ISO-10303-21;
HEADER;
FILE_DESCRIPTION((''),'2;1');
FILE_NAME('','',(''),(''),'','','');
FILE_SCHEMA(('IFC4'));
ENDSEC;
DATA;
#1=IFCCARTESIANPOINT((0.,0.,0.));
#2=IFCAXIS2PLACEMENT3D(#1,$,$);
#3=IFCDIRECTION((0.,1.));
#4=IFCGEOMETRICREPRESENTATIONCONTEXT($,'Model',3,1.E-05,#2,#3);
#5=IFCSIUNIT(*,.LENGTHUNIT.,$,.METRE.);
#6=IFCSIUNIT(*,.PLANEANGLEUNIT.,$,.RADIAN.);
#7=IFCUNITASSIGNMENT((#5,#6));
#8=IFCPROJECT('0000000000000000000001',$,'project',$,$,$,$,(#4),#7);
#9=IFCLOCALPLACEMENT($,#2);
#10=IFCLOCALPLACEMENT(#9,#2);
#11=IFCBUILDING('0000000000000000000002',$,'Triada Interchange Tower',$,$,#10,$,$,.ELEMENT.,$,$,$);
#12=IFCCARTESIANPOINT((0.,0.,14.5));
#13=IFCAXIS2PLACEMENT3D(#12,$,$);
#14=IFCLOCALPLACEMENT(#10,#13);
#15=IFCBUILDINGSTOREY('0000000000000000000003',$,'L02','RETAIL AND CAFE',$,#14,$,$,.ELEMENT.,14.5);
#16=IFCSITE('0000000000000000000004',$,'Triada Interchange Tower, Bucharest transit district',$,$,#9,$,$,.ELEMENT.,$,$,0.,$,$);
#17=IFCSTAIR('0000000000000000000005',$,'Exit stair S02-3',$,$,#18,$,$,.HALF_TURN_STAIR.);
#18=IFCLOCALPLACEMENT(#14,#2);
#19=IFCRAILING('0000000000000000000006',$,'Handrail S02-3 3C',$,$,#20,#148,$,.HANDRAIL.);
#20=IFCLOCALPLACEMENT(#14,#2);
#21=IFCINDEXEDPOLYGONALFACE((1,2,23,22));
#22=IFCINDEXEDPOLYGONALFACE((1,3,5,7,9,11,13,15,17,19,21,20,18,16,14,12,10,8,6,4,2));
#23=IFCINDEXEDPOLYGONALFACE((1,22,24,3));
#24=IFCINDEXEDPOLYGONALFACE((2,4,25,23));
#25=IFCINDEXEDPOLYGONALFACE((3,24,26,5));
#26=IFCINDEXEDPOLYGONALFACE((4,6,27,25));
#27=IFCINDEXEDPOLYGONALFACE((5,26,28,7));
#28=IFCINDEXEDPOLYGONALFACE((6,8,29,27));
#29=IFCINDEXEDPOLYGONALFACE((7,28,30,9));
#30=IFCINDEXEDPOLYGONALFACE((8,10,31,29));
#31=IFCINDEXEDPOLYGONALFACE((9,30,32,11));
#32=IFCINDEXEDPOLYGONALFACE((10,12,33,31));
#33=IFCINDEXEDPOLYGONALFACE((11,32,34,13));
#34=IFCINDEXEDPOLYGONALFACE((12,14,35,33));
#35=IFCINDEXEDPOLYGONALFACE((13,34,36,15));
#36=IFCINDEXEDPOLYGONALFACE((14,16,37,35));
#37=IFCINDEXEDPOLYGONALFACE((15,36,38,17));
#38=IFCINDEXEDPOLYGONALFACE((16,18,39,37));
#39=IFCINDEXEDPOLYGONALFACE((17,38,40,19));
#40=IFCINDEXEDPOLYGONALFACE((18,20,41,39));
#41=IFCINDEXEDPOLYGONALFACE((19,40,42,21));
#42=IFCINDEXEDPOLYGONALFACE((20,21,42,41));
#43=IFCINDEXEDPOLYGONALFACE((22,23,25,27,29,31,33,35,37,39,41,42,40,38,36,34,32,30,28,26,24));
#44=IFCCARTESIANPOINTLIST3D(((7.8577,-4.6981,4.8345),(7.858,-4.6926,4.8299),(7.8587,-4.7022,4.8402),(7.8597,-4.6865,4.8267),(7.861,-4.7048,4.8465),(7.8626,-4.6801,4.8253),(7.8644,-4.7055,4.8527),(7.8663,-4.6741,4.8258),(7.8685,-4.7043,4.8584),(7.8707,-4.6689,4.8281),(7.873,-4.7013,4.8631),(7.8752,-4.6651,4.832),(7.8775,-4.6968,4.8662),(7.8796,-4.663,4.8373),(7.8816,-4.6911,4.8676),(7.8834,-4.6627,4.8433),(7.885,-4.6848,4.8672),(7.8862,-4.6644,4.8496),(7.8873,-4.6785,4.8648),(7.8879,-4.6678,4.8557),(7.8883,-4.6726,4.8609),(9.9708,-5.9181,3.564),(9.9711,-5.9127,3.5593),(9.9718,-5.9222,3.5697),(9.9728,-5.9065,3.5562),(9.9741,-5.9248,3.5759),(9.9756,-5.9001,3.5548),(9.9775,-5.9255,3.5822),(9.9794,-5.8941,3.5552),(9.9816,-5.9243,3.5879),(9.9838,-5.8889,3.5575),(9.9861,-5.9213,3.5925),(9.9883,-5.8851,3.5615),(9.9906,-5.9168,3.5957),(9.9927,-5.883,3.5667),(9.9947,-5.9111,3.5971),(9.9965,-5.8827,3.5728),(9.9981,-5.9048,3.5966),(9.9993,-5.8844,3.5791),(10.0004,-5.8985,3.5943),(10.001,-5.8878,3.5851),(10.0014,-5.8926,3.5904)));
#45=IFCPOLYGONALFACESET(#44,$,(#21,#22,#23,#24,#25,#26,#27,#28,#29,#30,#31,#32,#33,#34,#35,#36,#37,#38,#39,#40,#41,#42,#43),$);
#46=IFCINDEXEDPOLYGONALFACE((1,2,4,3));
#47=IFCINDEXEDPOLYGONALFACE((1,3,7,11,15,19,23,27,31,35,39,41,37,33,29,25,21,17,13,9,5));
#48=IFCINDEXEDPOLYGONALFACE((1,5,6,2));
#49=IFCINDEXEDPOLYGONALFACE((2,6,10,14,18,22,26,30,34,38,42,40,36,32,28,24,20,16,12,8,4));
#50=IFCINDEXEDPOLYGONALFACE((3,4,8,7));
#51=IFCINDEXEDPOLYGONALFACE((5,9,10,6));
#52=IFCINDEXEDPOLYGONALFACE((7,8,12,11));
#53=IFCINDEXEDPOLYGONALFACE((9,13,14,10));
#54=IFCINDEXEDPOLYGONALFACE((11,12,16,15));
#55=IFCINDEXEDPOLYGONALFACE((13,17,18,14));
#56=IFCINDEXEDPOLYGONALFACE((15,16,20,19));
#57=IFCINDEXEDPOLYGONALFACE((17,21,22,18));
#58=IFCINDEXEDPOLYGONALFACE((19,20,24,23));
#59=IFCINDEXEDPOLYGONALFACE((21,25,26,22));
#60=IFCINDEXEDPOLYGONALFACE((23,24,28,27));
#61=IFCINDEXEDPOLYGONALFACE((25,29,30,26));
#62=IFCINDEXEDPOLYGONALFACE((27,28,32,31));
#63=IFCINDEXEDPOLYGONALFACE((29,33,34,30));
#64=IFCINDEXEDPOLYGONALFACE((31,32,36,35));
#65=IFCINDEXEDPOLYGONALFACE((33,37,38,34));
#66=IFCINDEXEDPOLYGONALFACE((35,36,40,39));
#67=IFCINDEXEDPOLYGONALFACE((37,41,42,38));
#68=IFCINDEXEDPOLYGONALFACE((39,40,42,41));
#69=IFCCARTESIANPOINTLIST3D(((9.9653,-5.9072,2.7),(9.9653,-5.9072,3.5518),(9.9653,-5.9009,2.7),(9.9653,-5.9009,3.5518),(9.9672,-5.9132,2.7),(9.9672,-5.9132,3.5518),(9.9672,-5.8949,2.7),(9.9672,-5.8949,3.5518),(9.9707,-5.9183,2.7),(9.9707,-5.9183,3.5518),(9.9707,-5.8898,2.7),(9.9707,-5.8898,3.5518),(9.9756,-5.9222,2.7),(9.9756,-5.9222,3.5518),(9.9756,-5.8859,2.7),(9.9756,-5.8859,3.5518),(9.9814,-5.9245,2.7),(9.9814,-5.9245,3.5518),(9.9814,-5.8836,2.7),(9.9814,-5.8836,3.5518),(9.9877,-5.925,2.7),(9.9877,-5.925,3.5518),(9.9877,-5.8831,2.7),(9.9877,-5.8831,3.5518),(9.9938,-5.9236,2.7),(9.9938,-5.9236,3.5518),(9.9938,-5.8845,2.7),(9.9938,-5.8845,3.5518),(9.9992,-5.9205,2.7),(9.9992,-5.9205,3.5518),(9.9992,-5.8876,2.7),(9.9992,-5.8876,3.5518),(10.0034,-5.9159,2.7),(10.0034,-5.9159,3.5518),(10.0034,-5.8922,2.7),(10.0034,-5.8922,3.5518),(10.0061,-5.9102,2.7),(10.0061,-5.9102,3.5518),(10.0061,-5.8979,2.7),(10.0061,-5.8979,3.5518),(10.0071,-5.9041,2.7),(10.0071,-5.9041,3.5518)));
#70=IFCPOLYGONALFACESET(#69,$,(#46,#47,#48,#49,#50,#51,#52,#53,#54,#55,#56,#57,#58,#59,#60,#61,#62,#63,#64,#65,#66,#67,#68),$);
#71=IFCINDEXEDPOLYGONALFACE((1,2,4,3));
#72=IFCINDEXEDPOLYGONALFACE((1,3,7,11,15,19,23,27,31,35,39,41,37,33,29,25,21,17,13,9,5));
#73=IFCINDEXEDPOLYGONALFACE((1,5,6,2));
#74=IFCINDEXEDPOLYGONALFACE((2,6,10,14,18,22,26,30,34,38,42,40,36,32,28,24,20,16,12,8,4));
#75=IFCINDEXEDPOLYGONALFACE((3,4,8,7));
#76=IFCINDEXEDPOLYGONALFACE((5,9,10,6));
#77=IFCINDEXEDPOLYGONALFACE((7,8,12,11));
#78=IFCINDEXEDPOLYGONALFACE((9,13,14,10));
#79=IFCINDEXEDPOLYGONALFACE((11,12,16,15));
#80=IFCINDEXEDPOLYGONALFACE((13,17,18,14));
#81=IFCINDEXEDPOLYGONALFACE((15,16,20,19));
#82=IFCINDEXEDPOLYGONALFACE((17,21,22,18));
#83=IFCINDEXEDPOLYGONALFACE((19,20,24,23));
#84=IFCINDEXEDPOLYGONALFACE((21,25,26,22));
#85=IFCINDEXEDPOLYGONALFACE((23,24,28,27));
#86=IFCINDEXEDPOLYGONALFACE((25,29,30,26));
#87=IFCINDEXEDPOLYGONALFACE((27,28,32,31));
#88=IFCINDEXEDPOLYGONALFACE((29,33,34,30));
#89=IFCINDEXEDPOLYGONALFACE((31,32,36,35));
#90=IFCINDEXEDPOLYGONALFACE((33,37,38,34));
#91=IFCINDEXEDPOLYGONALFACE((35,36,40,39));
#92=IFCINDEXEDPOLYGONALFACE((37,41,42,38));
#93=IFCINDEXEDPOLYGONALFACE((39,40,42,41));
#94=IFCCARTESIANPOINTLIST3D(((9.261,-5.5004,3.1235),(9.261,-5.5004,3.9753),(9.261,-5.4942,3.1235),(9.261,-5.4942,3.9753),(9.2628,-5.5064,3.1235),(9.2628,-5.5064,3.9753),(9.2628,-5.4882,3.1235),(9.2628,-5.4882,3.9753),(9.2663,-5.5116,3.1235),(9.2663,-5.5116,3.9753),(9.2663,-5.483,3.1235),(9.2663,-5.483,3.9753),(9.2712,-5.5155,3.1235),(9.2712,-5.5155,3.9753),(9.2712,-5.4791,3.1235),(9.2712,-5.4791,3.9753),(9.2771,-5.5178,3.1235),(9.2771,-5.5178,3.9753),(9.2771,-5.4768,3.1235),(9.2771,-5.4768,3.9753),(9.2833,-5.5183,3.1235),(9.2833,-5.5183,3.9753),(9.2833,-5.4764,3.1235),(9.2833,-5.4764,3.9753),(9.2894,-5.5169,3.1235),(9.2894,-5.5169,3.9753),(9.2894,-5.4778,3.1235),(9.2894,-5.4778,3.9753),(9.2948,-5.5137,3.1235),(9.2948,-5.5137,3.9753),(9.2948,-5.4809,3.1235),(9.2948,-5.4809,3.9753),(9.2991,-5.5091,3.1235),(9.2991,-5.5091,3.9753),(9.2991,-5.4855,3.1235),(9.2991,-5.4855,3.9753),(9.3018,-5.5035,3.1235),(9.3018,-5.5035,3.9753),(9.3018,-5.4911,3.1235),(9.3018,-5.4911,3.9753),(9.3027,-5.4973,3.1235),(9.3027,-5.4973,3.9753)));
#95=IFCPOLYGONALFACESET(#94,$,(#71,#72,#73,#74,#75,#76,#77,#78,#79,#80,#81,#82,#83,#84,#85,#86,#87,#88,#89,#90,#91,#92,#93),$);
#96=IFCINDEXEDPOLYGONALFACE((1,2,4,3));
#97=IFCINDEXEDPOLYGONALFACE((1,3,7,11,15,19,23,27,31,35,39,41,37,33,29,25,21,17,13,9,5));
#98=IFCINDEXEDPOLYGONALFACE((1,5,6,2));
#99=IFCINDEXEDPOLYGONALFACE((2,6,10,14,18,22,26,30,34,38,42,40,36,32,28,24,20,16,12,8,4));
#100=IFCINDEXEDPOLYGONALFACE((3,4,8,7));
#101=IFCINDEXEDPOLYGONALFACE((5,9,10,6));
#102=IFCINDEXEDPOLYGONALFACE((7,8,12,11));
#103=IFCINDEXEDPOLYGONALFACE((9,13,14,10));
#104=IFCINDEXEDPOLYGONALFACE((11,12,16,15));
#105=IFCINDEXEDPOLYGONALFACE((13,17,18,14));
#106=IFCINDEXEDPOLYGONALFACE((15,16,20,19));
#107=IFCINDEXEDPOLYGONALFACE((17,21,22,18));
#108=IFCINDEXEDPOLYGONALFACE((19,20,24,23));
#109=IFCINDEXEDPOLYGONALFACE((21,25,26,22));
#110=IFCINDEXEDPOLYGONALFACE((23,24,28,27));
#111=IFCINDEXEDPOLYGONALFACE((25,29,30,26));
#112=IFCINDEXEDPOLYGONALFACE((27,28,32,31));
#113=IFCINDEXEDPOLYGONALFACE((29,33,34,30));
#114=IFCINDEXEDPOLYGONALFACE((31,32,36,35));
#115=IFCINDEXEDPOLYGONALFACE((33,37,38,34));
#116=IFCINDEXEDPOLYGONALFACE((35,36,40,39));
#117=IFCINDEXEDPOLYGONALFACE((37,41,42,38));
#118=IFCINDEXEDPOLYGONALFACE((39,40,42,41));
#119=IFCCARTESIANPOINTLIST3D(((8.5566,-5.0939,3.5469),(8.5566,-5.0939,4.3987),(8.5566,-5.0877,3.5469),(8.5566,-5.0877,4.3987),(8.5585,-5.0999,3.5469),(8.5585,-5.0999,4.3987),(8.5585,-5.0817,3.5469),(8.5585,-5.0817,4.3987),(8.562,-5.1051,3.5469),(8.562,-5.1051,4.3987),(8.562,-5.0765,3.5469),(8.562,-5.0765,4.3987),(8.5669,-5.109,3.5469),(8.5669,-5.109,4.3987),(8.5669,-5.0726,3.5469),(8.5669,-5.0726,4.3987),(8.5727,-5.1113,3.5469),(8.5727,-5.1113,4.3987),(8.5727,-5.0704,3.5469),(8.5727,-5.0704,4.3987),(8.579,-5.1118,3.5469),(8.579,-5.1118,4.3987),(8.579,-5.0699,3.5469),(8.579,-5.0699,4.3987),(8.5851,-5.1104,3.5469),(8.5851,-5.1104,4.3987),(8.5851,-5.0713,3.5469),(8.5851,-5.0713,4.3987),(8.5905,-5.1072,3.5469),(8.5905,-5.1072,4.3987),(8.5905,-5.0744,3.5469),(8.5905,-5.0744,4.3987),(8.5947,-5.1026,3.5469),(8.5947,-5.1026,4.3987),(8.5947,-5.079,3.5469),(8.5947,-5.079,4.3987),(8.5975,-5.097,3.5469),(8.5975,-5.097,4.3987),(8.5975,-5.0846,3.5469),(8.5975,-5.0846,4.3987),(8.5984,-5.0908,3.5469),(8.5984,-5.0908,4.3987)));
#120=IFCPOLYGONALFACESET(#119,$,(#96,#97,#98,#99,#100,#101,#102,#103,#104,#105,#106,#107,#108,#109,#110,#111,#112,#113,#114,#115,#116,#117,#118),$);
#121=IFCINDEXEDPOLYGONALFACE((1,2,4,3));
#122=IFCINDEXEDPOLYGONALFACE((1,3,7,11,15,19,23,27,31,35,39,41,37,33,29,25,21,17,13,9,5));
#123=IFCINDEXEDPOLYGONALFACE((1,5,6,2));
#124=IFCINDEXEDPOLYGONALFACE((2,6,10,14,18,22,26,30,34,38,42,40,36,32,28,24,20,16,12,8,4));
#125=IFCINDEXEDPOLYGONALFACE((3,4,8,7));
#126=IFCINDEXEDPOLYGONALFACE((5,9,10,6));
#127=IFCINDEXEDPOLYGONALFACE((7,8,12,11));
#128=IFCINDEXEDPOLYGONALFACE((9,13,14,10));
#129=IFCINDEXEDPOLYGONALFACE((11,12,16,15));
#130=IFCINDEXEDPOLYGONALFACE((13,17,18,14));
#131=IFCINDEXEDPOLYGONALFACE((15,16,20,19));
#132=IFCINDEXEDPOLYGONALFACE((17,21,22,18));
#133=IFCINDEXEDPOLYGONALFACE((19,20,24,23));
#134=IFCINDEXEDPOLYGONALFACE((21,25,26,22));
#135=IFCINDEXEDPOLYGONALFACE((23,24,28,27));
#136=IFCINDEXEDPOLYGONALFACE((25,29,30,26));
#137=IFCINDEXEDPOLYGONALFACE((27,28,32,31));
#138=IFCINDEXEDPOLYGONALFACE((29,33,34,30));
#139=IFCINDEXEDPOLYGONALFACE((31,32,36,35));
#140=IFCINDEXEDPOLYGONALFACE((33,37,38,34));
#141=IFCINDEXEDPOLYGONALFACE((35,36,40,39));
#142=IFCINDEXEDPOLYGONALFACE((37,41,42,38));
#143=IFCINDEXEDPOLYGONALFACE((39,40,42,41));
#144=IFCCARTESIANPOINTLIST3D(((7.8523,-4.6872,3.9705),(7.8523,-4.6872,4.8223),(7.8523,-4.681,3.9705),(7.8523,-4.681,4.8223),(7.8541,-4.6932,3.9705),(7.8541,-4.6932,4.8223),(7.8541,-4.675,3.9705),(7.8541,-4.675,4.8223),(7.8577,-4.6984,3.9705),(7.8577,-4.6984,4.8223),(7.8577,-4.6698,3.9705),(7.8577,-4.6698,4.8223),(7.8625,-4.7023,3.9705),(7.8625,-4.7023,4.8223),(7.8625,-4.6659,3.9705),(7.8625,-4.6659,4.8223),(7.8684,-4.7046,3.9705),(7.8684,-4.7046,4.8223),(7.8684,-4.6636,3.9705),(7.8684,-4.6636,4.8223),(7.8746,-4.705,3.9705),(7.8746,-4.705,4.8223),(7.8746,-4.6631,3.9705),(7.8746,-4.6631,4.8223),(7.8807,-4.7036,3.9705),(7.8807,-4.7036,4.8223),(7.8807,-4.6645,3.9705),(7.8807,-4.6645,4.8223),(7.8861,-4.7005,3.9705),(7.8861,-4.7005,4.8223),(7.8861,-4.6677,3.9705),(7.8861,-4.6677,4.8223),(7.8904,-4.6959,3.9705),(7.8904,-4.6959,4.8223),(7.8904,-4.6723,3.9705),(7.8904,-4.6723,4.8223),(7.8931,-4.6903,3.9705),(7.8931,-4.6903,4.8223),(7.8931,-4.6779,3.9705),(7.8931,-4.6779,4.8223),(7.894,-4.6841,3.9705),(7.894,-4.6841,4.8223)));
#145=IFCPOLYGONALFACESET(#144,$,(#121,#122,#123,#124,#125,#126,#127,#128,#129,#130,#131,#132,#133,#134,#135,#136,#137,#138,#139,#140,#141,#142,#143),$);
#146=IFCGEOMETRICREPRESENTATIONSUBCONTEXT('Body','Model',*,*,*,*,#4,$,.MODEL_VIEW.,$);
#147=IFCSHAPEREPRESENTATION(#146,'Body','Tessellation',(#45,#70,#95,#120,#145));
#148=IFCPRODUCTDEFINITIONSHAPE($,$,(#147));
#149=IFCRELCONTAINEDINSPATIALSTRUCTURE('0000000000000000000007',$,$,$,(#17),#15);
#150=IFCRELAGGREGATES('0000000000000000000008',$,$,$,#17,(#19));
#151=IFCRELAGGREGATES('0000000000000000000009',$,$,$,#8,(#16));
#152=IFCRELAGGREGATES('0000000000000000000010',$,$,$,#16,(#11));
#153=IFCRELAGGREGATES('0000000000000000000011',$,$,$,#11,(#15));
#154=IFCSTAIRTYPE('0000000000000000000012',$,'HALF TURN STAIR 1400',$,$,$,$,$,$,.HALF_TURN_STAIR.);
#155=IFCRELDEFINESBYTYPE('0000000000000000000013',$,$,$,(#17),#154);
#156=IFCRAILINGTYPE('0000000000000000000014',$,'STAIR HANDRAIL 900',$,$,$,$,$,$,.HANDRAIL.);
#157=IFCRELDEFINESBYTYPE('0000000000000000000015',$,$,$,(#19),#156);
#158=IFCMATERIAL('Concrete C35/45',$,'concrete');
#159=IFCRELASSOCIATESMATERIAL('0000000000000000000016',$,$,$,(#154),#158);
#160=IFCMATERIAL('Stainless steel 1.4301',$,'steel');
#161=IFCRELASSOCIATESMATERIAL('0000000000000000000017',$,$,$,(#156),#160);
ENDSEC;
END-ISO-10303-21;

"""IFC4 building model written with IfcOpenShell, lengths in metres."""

from ifc_helpers import new_model, si_unit, direction, frame, origin, origin_2d, place, context, subcontext, project, spatial, circle, extrude, material, type_object, element, aggregate, save


model = new_model("IFC4")

# Units and contexts
model_context = context("Model", 3, precision=1e-05, world=origin(), true_north=direction((0.0, 1.0)))
body_context = subcontext(model_context, "Body", "Model", "MODEL_VIEW")
ifc_project = project(units=[si_unit("LENGTHUNIT", "METRE"), si_unit("PLANEANGLEUNIT", "RADIAN")], contexts=[model_context])

# Site, building, storey
site_placement = place(None, origin())
site = spatial("IfcSite", under=ifc_project, at=site_placement, Name="Triada Interchange Tower, Bucharest transit district", CompositionType="ELEMENT", RefElevation=0.0)
building_placement = place(site_placement, origin())
building = spatial("IfcBuilding", under=site, at=building_placement, Name="Triada Interchange Tower", CompositionType="ELEMENT")
storey_placement = place(building_placement, frame((0.0, 0.0, 14.5)))
storey = spatial("IfcBuildingStorey", under=building, at=storey_placement, Name="L02", Description="RETAIL AND CAFE", CompositionType="ELEMENT", Elevation=14.5)

# Shared definitions
ifc_material_1 = material(Name="Concrete C35/45", Category="concrete")

# Stair, railing
stair_type = type_object("IfcStairType", Name="HALF TURN STAIR 1400", PredefinedType="HALF_TURN_STAIR", material=ifc_material_1)
stair_placement = place(storey_placement, origin())
stair = element("IfcStair", 1, at=stair_placement, inside=storey, type_object=stair_type, Name="Exit stair S02-3", PredefinedType="HALF_TURN_STAIR")
ifc_material_2 = material(Name="Stainless steel 1.4301", Category="steel")
railing_type = type_object("IfcRailingType", Name="STAIR HANDRAIL 900", PredefinedType="HANDRAIL", material=ifc_material_2)
railing_1_placement = place(storey_placement, frame((9.9861, -5.9041, 2.7)))
railing_1 = element("IfcRailing", 2, at=railing_1_placement, type_object=railing_type, Name="Handrail S02-3 3C", PredefinedType="HANDRAIL", context=body_context, shape_type="SweptSolid", body=[
    extrude(circle(Radius=0.0239, at=origin_2d()), frame((0.0, 0.0, 0.876), z_axis=(-0.768126, 0.443481, 0.461852), x_axis=(-0.500003, -0.866024, 0.0)), (0.0, 0.0, 1.0), 2.751),
    extrude(circle(Radius=0.021, at=origin_2d()), origin(), (0.0, 0.0, 1.0), 0.8518),
    extrude(circle(Radius=0.021, at=origin_2d()), frame((-0.7043, 0.4067, 0.4236)), (0.0, 0.0, 1.0), 0.8518),
    extrude(circle(Radius=0.021, at=origin_2d()), frame((-1.4087, 0.8132, 0.8469)), (0.0, 0.0, 1.0), 0.8518),
    extrude(circle(Radius=0.021, at=origin_2d()), frame((-2.113, 1.22, 1.2705)), (0.0, 0.0, 1.0), 0.8518),
])
aggregate(stair, [railing_1])

save(model, "model.ifc")
